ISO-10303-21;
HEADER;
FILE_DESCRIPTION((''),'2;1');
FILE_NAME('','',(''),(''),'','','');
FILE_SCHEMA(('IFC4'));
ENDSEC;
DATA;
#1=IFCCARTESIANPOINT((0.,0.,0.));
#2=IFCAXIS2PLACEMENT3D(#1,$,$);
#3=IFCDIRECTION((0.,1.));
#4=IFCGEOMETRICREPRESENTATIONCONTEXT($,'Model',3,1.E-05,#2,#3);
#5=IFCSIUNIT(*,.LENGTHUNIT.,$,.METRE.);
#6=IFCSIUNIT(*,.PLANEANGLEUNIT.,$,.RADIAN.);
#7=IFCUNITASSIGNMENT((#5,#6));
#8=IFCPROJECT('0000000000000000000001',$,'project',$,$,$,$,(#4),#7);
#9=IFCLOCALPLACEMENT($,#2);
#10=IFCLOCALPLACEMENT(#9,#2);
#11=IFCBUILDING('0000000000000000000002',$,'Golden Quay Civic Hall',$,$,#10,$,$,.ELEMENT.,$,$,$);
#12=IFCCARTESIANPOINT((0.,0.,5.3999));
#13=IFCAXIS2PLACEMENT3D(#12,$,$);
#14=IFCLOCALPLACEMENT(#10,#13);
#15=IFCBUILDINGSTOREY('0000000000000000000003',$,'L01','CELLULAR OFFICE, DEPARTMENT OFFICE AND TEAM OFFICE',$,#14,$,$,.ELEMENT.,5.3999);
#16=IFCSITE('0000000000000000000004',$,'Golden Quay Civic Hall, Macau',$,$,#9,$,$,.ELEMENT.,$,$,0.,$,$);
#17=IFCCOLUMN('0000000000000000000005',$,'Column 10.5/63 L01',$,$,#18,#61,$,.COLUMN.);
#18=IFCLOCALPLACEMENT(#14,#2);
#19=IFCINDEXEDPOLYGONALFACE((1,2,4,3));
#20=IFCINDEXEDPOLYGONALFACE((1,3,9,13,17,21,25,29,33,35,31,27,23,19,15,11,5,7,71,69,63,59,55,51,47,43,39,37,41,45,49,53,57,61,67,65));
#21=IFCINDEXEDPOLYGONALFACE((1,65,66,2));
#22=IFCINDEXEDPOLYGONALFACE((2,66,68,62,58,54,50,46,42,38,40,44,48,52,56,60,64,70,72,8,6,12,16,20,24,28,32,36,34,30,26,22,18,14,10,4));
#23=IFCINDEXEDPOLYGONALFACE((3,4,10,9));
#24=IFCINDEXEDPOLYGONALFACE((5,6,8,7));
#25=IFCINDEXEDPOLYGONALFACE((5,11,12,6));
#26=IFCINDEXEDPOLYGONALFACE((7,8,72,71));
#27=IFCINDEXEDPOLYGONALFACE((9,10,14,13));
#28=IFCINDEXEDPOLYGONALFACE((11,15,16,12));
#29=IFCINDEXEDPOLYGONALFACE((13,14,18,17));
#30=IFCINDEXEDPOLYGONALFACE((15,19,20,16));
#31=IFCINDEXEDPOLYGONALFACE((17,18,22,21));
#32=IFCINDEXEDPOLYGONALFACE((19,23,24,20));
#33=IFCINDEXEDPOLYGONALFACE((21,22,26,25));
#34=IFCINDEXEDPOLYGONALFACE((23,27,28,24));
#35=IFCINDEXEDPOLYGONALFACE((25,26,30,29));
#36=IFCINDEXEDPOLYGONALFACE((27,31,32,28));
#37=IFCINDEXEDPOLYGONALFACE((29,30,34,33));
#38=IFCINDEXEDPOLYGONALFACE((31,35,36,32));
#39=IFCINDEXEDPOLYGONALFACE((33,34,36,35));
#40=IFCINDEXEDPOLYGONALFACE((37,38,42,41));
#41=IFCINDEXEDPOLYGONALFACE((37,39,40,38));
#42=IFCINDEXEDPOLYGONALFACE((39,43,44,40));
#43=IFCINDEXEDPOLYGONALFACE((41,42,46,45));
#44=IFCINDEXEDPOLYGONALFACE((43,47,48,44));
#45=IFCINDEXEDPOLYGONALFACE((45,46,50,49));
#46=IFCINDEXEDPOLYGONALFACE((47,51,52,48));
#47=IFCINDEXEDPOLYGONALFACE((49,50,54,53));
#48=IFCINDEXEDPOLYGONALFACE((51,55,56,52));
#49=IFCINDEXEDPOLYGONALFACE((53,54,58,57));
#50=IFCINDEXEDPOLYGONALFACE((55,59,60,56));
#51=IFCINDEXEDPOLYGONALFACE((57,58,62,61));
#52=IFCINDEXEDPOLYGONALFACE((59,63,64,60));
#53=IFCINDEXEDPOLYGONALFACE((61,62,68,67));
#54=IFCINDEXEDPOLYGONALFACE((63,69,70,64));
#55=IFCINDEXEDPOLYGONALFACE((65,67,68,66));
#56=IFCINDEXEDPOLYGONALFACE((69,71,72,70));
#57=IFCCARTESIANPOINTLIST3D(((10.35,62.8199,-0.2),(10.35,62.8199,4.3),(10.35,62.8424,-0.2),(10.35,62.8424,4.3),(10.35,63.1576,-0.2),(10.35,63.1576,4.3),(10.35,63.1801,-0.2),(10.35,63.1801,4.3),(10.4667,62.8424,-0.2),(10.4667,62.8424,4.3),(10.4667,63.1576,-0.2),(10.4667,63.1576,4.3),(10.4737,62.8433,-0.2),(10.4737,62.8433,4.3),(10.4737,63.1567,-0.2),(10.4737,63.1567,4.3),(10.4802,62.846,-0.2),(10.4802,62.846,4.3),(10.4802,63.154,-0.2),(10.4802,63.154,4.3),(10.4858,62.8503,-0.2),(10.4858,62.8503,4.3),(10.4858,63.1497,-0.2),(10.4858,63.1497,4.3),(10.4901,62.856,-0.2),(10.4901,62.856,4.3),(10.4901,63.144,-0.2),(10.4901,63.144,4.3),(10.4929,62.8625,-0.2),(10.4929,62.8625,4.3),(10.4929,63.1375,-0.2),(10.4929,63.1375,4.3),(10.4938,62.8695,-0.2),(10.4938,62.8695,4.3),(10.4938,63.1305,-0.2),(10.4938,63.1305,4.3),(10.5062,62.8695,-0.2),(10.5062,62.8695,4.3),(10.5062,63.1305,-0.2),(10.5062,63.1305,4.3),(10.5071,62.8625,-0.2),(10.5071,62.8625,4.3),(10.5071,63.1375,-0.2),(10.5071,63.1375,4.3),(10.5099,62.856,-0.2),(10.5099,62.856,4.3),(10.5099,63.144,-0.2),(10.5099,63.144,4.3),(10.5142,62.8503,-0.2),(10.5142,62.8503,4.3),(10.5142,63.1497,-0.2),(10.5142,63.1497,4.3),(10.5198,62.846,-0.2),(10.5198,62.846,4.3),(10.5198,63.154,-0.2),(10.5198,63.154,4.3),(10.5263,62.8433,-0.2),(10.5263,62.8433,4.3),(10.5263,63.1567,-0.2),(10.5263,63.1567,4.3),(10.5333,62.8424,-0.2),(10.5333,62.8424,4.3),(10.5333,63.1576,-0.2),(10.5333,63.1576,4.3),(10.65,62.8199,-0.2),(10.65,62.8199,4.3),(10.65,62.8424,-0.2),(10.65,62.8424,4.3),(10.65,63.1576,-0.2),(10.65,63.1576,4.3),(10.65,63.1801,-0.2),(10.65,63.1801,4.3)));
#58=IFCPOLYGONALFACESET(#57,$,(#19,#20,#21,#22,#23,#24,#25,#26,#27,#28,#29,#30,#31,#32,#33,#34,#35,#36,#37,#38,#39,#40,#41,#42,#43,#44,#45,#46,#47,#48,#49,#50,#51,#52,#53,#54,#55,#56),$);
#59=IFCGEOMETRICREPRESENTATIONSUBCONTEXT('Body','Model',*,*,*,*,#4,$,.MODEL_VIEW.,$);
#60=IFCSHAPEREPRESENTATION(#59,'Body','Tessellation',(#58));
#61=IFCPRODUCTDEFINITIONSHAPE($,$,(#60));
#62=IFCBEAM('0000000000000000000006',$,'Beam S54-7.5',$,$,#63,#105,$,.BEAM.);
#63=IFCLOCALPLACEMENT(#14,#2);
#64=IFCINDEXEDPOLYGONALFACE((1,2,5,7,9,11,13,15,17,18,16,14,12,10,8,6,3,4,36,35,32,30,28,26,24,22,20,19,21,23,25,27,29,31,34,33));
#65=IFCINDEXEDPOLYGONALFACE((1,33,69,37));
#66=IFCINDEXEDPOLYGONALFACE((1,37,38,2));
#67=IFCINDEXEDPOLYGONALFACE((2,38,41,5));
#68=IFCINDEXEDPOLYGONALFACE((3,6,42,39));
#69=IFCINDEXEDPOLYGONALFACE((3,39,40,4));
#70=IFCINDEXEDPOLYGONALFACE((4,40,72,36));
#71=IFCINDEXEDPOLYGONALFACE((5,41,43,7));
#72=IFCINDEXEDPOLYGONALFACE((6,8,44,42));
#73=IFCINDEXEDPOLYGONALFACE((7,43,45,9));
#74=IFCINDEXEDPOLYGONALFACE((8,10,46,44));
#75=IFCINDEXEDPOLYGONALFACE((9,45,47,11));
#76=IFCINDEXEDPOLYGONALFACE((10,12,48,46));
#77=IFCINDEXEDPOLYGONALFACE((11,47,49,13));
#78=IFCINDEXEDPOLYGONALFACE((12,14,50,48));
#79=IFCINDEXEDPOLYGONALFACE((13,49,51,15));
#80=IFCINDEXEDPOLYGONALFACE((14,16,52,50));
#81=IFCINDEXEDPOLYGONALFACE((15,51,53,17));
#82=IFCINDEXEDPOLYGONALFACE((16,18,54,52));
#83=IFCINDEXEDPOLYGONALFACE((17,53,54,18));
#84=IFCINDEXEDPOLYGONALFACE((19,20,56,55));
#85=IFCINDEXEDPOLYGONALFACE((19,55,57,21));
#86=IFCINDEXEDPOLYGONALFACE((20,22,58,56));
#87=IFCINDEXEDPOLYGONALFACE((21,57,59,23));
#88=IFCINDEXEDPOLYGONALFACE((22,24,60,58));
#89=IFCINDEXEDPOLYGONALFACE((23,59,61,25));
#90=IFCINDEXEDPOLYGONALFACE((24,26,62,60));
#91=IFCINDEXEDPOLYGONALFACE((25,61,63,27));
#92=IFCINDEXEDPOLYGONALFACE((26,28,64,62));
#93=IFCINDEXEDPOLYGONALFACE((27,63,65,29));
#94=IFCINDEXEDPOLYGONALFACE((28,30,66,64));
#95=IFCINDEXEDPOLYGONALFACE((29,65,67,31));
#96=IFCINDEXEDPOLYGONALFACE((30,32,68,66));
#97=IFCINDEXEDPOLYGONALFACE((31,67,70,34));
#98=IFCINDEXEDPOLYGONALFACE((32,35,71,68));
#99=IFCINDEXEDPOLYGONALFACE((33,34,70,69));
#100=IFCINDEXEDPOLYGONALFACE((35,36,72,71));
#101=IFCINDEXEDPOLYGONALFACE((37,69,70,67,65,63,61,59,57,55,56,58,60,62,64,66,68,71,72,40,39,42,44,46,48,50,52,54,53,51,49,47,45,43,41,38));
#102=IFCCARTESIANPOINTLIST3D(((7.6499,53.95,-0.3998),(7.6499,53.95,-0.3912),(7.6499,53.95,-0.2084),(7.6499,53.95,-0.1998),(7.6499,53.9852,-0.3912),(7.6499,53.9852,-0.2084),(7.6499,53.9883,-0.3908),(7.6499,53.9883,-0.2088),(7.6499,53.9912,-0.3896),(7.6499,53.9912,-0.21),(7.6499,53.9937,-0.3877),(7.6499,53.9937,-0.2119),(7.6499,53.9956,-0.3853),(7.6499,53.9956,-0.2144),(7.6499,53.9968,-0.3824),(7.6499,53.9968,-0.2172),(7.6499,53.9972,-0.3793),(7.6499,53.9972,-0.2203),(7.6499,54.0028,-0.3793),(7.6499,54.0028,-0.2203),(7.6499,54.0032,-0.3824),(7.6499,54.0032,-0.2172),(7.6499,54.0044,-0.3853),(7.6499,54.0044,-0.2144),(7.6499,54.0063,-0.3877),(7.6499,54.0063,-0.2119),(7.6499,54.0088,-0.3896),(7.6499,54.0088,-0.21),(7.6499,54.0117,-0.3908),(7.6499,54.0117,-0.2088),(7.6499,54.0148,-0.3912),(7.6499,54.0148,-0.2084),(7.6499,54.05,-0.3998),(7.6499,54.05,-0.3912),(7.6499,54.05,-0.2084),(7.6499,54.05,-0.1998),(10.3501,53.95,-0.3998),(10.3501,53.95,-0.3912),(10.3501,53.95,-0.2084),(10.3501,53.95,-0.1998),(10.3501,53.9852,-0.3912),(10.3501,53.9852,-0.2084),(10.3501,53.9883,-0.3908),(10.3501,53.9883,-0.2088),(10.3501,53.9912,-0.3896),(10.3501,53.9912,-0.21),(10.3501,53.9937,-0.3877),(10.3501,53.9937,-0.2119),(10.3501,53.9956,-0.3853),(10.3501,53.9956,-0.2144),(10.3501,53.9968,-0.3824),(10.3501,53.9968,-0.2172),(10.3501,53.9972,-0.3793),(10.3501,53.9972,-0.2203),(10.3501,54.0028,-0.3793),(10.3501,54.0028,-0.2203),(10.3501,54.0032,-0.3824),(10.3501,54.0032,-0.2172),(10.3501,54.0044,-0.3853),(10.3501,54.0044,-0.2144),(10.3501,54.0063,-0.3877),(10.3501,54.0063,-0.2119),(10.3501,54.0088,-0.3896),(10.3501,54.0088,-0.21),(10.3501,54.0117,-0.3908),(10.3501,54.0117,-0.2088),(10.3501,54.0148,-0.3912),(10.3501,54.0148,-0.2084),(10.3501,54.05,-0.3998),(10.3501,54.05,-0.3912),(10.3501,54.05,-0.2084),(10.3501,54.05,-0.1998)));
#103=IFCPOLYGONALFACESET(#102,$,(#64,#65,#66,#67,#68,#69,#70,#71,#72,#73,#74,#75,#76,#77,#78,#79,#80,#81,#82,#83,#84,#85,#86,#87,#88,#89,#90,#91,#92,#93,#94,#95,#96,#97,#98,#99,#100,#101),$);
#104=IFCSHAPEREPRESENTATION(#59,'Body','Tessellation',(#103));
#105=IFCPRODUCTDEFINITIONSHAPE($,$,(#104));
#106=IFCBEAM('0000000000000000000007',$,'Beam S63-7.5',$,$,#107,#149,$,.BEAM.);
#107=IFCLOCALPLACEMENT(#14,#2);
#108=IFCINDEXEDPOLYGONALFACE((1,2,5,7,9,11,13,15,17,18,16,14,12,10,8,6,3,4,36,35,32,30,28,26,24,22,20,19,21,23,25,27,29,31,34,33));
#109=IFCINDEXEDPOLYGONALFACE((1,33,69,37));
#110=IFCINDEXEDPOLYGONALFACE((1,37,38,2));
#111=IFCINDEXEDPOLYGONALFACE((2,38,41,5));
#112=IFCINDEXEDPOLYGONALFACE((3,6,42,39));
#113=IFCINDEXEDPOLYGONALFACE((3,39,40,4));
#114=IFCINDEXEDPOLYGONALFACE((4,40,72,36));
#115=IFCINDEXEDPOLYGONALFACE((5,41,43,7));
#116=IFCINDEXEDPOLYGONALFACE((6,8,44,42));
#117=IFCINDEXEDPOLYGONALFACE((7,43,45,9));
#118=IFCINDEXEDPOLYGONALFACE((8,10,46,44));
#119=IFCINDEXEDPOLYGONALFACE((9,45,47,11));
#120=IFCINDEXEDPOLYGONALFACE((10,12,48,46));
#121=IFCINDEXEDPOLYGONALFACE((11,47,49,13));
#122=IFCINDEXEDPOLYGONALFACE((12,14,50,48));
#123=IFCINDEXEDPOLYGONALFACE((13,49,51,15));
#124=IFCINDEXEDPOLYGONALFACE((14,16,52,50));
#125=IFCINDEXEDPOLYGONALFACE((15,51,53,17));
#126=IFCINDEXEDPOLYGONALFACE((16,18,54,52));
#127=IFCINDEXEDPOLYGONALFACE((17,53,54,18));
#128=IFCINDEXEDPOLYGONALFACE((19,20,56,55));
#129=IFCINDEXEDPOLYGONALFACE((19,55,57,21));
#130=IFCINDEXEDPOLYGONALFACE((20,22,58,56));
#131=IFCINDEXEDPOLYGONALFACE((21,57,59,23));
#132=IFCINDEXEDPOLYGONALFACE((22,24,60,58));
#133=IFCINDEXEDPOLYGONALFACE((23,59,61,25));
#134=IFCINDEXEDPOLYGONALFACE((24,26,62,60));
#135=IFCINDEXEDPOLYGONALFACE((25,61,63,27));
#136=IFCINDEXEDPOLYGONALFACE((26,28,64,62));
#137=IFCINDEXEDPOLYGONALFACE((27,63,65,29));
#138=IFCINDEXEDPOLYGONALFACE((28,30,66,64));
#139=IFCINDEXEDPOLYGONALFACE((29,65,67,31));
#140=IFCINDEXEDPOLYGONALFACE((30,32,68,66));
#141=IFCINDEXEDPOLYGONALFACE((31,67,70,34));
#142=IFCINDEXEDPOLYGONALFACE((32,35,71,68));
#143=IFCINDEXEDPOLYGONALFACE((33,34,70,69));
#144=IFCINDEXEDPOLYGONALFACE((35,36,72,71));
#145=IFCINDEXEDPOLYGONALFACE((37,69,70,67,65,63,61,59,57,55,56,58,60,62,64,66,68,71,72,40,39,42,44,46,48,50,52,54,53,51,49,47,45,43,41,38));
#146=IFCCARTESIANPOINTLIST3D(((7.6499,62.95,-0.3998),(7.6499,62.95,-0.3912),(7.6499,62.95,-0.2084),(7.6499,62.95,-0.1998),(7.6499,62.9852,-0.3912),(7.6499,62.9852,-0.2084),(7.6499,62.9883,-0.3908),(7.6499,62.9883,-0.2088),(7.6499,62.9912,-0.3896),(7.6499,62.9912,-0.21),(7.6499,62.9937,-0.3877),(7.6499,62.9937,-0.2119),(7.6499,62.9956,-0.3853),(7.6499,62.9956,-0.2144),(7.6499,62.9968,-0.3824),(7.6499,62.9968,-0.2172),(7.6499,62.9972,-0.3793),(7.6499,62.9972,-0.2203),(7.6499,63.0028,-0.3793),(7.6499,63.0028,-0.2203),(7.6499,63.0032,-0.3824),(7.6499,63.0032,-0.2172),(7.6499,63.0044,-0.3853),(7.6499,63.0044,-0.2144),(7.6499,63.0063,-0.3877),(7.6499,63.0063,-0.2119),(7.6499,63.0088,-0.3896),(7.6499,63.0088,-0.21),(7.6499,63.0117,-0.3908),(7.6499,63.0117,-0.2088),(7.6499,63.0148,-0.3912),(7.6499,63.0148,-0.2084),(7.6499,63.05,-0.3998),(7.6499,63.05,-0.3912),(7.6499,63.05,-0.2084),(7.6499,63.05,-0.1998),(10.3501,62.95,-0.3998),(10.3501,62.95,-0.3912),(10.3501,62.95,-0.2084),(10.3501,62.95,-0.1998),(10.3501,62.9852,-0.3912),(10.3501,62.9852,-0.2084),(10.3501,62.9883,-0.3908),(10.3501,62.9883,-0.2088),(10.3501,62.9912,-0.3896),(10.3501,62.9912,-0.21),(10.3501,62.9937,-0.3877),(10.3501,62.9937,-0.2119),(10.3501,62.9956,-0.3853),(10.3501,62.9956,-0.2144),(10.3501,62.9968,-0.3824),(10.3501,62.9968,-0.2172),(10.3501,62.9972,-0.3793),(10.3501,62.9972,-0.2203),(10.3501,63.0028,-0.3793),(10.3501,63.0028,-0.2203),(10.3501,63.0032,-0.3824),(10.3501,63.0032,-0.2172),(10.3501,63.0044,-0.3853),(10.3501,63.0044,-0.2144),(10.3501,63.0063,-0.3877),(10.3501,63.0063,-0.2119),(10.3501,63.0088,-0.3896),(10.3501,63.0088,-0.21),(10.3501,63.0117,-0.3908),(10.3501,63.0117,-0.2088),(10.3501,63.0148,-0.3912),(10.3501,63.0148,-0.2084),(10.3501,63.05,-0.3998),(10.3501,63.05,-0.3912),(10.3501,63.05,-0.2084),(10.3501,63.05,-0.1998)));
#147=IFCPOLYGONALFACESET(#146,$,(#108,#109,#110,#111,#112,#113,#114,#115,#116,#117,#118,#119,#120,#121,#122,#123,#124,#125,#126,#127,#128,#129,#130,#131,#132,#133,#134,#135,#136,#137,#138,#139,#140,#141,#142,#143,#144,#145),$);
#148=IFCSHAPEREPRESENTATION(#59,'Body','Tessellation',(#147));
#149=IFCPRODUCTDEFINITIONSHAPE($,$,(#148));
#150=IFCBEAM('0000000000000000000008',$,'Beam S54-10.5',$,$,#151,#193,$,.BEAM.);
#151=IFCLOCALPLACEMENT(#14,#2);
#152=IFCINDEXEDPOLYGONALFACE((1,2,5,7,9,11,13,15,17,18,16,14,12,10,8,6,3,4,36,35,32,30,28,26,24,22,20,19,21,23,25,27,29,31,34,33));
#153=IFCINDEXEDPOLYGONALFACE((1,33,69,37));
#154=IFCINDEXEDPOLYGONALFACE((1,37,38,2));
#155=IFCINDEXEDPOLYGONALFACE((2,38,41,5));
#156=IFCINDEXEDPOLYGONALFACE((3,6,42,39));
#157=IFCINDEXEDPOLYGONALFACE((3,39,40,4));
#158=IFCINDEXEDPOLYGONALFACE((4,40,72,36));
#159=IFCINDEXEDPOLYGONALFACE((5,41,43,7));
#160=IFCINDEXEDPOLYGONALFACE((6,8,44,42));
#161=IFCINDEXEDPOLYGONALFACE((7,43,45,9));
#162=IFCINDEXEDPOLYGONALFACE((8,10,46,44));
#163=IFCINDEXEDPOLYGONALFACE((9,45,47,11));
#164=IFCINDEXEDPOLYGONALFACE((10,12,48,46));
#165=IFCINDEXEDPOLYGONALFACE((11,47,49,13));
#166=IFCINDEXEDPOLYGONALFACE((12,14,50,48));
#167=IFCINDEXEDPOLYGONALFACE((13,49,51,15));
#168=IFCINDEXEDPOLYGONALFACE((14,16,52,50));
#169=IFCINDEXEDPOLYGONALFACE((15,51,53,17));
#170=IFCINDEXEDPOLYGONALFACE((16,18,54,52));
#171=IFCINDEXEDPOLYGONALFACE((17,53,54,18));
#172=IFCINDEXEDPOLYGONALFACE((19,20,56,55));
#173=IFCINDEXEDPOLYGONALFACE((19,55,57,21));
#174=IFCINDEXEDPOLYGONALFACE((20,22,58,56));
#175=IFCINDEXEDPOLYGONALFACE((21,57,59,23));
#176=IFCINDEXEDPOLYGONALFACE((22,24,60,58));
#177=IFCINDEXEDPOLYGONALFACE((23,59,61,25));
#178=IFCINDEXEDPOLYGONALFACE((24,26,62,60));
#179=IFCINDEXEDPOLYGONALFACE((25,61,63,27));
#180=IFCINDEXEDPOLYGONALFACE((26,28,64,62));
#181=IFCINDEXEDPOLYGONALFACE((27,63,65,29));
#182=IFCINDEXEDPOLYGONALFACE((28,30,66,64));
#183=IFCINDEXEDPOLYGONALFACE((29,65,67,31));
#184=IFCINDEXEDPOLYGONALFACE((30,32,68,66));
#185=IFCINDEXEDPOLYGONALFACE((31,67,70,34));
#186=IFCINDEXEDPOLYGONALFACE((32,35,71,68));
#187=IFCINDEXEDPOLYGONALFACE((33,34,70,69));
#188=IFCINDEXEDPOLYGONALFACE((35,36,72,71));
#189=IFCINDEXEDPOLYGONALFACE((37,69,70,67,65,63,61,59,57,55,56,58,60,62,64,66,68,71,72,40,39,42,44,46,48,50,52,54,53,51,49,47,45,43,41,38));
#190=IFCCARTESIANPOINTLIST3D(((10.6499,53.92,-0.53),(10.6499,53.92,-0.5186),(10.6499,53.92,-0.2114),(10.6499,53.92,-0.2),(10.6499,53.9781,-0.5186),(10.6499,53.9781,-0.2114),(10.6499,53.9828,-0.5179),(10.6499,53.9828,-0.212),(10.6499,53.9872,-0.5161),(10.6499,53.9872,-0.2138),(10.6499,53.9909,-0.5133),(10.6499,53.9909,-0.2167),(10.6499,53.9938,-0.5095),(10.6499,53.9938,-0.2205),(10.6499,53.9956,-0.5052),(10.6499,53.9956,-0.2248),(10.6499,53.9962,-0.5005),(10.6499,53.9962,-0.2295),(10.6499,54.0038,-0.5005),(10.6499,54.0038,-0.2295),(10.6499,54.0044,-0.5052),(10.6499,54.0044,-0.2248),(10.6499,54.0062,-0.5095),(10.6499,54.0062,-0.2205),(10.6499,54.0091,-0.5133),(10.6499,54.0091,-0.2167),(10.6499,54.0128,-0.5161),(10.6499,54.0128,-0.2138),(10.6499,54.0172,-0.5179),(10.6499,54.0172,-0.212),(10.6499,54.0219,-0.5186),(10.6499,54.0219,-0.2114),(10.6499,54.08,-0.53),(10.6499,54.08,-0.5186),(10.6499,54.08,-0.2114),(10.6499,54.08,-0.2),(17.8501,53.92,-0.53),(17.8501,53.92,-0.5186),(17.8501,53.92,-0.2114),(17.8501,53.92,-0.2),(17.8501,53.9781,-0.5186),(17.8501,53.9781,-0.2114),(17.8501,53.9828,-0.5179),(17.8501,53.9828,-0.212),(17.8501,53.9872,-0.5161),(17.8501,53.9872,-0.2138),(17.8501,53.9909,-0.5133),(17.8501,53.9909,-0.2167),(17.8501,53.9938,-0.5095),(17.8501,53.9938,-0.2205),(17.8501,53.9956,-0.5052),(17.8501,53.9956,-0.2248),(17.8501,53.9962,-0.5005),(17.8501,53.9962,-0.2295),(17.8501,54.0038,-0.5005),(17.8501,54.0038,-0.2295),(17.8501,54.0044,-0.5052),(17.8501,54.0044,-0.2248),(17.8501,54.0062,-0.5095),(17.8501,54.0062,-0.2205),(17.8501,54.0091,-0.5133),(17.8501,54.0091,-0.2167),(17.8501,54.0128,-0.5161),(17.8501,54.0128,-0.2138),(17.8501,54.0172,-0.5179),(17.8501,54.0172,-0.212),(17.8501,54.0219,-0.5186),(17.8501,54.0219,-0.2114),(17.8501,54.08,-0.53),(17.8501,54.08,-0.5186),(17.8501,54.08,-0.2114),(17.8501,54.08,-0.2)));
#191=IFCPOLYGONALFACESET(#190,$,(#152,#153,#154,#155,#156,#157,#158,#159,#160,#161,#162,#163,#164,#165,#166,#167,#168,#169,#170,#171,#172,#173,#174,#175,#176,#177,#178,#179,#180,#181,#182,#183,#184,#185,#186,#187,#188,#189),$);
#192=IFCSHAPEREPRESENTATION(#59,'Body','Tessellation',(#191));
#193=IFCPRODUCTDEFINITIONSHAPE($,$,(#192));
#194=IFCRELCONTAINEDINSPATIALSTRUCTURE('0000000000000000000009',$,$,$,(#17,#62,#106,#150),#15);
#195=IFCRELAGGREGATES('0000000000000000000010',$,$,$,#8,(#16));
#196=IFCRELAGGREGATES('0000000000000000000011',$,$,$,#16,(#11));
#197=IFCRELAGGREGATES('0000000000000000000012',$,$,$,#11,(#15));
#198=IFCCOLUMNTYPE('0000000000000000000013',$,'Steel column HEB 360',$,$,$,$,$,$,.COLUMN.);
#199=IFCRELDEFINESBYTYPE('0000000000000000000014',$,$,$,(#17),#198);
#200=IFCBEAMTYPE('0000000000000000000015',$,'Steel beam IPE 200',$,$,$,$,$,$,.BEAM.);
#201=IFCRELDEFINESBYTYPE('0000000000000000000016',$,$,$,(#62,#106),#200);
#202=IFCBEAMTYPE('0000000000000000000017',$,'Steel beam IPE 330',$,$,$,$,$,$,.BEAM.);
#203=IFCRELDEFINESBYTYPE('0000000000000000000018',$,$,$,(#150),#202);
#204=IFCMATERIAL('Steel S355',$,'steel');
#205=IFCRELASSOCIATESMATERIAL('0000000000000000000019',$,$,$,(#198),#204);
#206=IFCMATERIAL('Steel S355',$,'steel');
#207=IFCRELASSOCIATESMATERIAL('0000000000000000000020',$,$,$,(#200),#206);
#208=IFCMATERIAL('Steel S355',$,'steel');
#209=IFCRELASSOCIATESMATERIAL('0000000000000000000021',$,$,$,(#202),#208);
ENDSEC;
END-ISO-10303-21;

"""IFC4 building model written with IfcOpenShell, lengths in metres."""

from ifc_helpers import new_model, si_unit, direction, frame, origin, origin_2d, place, context, subcontext, project, spatial, i_section, extrude, material, material_profile, profile_set, type_object, element, save


model = new_model("IFC4")

# Units and contexts
model_context = context("Model", 3, precision=1e-05, world=origin(), true_north=direction((0.0, 1.0)))
body_context = subcontext(model_context, "Body", "Model", "MODEL_VIEW")
ifc_project = project(units=[si_unit("LENGTHUNIT", "METRE"), si_unit("PLANEANGLEUNIT", "RADIAN")], contexts=[model_context])

# Site, building, storey
site_placement = place(None, origin())
site = spatial("IfcSite", under=ifc_project, at=site_placement, Name="Golden Quay Civic Hall, Macau", CompositionType="ELEMENT", RefElevation=0.0)
building_placement = place(site_placement, origin())
building = spatial("IfcBuilding", under=site, at=building_placement, Name="Golden Quay Civic Hall", CompositionType="ELEMENT")
storey_placement = place(building_placement, frame((0.0, 0.0, 5.3999)))
storey = spatial("IfcBuildingStorey", under=building, at=storey_placement, Name="L01", Description="CELLULAR OFFICE, DEPARTMENT OFFICE AND TEAM OFFICE", CompositionType="ELEMENT", Elevation=5.3999)

# Column
ifc_material_1 = material(Name="Steel S355", Category="steel")
ifc_material_profile_1 = material_profile(ifc_material_1, i_section(OverallWidth=0.3, OverallDepth=0.3601, WebThickness=0.0125, FlangeThickness=0.0225, FilletRadius=0.0271, at=origin_2d()), Name="HEB 360")
ifc_profile_set_1 = profile_set([ifc_material_profile_1], Name="Steel S355")
column_type_1 = type_object("IfcColumnType", Name="Steel column HEB 360", PredefinedType="COLUMN", material=ifc_profile_set_1)
for number, where, z_axis, x_axis, name in (
    (1, (10.5, 63.0, -0.2), (0.0, 0.0, 1.0), (1.0, 0.0, 0.0), "Column 10.5/63 L01"),
):
    element("IfcColumn", number, at=place(storey_placement, frame(where, z_axis=z_axis, x_axis=x_axis)), inside=storey, type_object=column_type_1, Name=name, PredefinedType="COLUMN", context=body_context, shape_type="SweptSolid", body=[
        extrude(i_section(OverallWidth=0.3, OverallDepth=0.3601, WebThickness=0.0125, FlangeThickness=0.0225, FilletRadius=0.0271, at=origin_2d()), origin(), (0.0, 0.0, 1.0), 4.5),
    ])

# Beams
ifc_material_2 = material(Name="Steel S355", Category="steel")
ifc_material_profile_2 = material_profile(ifc_material_2, i_section(OverallWidth=0.1001, OverallDepth=0.2, WebThickness=0.0056, FlangeThickness=0.0085, FilletRadius=0.012, at=origin_2d()), Name="IPE 200")
ifc_profile_set_2 = profile_set([ifc_material_profile_2], Name="Steel S355")
beam_type_1 = type_object("IfcBeamType", Name="Steel beam IPE 200", PredefinedType="BEAM", material=ifc_profile_set_2)
for number, where, z_axis, x_axis, name in (
    (2, (7.6499, 54.0, -0.2998), (1.0, 0.0, 0.0), (0.0, 1.0, 0.0), "Beam S54-7.5"),
    (3, (7.6499, 63.0, -0.2998), (1.0, 0.0, 0.0), (0.0, 1.0, 0.0), "Beam S63-7.5"),
):
    element("IfcBeam", number, at=place(storey_placement, frame(where, z_axis=z_axis, x_axis=x_axis)), inside=storey, type_object=beam_type_1, Name=name, PredefinedType="BEAM", context=body_context, shape_type="SweptSolid", body=[
        extrude(i_section(OverallWidth=0.1001, OverallDepth=0.2, WebThickness=0.0056, FlangeThickness=0.0085, FilletRadius=0.012, at=origin_2d()), origin(), (0.0, 0.0, 1.0), 2.7002),
    ])
ifc_material_3 = material(Name="Steel S355", Category="steel")
ifc_material_profile_3 = material_profile(ifc_material_3, i_section(OverallWidth=0.1599, OverallDepth=0.3301, WebThickness=0.0076, FlangeThickness=0.0115, FilletRadius=0.0181, at=origin_2d()), Name="IPE 330")
ifc_profile_set_3 = profile_set([ifc_material_profile_3], Name="Steel S355")
beam_type_2 = type_object("IfcBeamType", Name="Steel beam IPE 330", PredefinedType="BEAM", material=ifc_profile_set_3)
beam_1_placement = place(storey_placement, frame((10.6499, 54.0, -0.365), z_axis=(1.0, 0.0, 0.0), x_axis=(0.0, 1.0, 0.0)))
element("IfcBeam", 4, at=beam_1_placement, inside=storey, type_object=beam_type_2, Name="Beam S54-10.5", PredefinedType="BEAM", context=body_context, shape_type="SweptSolid", body=[
    extrude(i_section(OverallWidth=0.1599, OverallDepth=0.3301, WebThickness=0.0076, FlangeThickness=0.0115, FilletRadius=0.0181, at=origin_2d()), origin(), (0.0, 0.0, 1.0), 7.2002),
])

save(model, "model.ifc")
